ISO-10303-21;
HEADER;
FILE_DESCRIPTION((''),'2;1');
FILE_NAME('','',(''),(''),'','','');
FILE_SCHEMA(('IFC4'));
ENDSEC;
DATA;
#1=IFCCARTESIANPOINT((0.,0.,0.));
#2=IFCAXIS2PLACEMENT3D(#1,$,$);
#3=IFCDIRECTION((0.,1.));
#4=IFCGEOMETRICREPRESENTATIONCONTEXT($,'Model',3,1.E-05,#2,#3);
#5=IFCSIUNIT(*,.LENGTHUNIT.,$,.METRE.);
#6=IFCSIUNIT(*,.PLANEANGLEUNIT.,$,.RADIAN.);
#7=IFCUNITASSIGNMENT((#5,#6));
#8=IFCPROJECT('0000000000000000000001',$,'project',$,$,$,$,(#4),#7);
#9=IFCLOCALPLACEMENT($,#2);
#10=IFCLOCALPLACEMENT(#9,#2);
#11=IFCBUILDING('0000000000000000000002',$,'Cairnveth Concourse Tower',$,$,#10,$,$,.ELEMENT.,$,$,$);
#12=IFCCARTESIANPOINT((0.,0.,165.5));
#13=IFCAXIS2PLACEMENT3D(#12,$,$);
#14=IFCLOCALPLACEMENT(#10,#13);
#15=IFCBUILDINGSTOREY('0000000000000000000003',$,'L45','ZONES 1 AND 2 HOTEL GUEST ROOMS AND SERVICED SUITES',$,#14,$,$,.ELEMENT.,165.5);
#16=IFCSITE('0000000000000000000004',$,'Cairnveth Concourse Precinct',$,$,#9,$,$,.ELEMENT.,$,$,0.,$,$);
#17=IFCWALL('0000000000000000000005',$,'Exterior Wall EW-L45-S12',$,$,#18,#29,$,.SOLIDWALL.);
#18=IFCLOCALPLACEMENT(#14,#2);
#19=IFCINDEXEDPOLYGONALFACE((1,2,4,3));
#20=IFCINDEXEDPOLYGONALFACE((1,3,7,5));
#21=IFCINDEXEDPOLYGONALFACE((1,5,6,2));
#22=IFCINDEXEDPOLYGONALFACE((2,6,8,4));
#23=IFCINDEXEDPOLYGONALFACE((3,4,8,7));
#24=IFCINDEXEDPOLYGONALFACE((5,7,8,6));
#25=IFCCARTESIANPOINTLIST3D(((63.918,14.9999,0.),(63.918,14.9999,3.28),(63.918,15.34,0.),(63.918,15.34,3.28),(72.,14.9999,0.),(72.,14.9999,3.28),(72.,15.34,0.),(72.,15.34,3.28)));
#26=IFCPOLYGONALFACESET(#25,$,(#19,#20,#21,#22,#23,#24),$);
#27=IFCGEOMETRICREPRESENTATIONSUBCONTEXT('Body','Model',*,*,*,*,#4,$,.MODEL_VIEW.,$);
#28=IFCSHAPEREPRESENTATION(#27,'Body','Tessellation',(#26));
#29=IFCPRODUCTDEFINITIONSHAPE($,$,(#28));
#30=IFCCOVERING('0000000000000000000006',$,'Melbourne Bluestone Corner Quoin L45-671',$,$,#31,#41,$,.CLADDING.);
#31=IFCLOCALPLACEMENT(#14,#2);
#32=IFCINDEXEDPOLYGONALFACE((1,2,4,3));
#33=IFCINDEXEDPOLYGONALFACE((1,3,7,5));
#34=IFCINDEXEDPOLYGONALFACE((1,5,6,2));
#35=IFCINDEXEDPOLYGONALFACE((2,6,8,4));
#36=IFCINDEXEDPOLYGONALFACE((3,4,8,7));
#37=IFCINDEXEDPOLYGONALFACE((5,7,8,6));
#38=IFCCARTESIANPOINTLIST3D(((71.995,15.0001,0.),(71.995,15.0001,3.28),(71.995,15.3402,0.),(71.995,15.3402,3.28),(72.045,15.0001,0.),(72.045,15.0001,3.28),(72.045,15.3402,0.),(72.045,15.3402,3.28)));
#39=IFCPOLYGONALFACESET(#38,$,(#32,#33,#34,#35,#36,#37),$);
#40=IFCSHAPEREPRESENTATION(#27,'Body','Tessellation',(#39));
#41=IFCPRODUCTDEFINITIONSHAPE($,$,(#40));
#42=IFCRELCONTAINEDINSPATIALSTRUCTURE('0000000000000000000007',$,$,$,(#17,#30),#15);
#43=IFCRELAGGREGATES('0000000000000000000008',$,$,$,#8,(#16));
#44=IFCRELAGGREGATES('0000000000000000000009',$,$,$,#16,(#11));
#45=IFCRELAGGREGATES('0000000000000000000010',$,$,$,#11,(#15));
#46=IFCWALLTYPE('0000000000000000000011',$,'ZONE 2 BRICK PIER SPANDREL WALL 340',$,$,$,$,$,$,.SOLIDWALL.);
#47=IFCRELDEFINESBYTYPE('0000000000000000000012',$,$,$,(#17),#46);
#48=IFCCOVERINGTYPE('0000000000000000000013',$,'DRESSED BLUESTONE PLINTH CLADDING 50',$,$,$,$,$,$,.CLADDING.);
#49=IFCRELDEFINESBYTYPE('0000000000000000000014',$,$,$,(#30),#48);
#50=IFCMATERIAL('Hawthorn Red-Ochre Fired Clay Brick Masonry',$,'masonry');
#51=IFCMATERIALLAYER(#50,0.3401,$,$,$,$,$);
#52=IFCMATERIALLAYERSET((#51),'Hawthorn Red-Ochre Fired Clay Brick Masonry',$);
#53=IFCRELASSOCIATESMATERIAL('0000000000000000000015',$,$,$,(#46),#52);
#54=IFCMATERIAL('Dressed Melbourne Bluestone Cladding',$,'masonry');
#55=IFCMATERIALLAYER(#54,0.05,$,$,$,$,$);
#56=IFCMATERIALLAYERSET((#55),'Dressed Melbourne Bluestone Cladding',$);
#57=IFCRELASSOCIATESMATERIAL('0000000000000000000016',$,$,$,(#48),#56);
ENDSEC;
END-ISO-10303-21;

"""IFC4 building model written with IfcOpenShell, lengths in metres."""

from ifc_helpers import new_model, si_unit, direction, frame, frame_2d, origin, place, context, subcontext, project, spatial, rectangle, extrude, material, layer, layer_set, type_object, element, save


model = new_model("IFC4")

# Units and contexts
model_context = context("Model", 3, precision=1e-05, world=origin(), true_north=direction((0.0, 1.0)))
body_context = subcontext(model_context, "Body", "Model", "MODEL_VIEW")
ifc_project = project(units=[si_unit("LENGTHUNIT", "METRE"), si_unit("PLANEANGLEUNIT", "RADIAN")], contexts=[model_context])

# Site, building, storey
site_placement = place(None, origin())
site = spatial("IfcSite", under=ifc_project, at=site_placement, Name="Cairnveth Concourse Precinct", CompositionType="ELEMENT", RefElevation=0.0)
building_placement = place(site_placement, origin())
building = spatial("IfcBuilding", under=site, at=building_placement, Name="Cairnveth Concourse Tower", CompositionType="ELEMENT")
storey_placement = place(building_placement, frame((0.0, 0.0, 165.5)))
storey = spatial("IfcBuildingStorey", under=building, at=storey_placement, Name="L45", Description="ZONES 1 AND 2 HOTEL GUEST ROOMS AND SERVICED SUITES", CompositionType="ELEMENT", Elevation=165.5)

# Wall
ifc_material_1 = material(Name="Hawthorn Red-Ochre Fired Clay Brick Masonry", Category="masonry")
ifc_layer_1 = layer(ifc_material_1, 0.3401)
ifc_layer_set_1 = layer_set([ifc_layer_1], Name="Hawthorn Red-Ochre Fired Clay Brick Masonry")
wall_type_1 = type_object("IfcWallType", Name="ZONE 2 BRICK PIER SPANDREL WALL 340", PredefinedType="SOLIDWALL", material=ifc_layer_set_1)
wall_1_placement = place(storey_placement, frame((72.0, 15.1699, 0.0), z_axis=(0.0, 0.0, 1.0), x_axis=(-1.0, 0.0, 0.0)))
element("IfcWall", 1, at=wall_1_placement, inside=storey, type_object=wall_type_1, Name="Exterior Wall EW-L45-S12", PredefinedType="SOLIDWALL", context=body_context, shape_type="SweptSolid", body=[
    extrude(rectangle(XDim=8.082, YDim=0.3401, at=frame_2d((4.041, 0.0))), origin(), (0.0, 0.0, 1.0), 3.28),
])

# Covering
ifc_material_2 = material(Name="Dressed Melbourne Bluestone Cladding", Category="masonry")
ifc_layer_2 = layer(ifc_material_2, 0.05)
ifc_layer_set_2 = layer_set([ifc_layer_2], Name="Dressed Melbourne Bluestone Cladding")
covering_type = type_object("IfcCoveringType", Name="DRESSED BLUESTONE PLINTH CLADDING 50", PredefinedType="CLADDING", material=ifc_layer_set_2)
covering_placement = place(storey_placement, frame((72.02, 15.3401, 0.0), z_axis=(0.0, 0.0, 1.0), x_axis=(0.0, -1.0, 0.0)))
element("IfcCovering", 2, at=covering_placement, inside=storey, type_object=covering_type, Name="Melbourne Bluestone Corner Quoin L45-671", PredefinedType="CLADDING", context=body_context, shape_type="SweptSolid", body=[
    extrude(rectangle(XDim=0.3401, YDim=0.05, at=frame_2d((0.1699, 0.0))), origin(), (0.0, 0.0, 1.0), 3.28),
])

save(model, "model.ifc")
